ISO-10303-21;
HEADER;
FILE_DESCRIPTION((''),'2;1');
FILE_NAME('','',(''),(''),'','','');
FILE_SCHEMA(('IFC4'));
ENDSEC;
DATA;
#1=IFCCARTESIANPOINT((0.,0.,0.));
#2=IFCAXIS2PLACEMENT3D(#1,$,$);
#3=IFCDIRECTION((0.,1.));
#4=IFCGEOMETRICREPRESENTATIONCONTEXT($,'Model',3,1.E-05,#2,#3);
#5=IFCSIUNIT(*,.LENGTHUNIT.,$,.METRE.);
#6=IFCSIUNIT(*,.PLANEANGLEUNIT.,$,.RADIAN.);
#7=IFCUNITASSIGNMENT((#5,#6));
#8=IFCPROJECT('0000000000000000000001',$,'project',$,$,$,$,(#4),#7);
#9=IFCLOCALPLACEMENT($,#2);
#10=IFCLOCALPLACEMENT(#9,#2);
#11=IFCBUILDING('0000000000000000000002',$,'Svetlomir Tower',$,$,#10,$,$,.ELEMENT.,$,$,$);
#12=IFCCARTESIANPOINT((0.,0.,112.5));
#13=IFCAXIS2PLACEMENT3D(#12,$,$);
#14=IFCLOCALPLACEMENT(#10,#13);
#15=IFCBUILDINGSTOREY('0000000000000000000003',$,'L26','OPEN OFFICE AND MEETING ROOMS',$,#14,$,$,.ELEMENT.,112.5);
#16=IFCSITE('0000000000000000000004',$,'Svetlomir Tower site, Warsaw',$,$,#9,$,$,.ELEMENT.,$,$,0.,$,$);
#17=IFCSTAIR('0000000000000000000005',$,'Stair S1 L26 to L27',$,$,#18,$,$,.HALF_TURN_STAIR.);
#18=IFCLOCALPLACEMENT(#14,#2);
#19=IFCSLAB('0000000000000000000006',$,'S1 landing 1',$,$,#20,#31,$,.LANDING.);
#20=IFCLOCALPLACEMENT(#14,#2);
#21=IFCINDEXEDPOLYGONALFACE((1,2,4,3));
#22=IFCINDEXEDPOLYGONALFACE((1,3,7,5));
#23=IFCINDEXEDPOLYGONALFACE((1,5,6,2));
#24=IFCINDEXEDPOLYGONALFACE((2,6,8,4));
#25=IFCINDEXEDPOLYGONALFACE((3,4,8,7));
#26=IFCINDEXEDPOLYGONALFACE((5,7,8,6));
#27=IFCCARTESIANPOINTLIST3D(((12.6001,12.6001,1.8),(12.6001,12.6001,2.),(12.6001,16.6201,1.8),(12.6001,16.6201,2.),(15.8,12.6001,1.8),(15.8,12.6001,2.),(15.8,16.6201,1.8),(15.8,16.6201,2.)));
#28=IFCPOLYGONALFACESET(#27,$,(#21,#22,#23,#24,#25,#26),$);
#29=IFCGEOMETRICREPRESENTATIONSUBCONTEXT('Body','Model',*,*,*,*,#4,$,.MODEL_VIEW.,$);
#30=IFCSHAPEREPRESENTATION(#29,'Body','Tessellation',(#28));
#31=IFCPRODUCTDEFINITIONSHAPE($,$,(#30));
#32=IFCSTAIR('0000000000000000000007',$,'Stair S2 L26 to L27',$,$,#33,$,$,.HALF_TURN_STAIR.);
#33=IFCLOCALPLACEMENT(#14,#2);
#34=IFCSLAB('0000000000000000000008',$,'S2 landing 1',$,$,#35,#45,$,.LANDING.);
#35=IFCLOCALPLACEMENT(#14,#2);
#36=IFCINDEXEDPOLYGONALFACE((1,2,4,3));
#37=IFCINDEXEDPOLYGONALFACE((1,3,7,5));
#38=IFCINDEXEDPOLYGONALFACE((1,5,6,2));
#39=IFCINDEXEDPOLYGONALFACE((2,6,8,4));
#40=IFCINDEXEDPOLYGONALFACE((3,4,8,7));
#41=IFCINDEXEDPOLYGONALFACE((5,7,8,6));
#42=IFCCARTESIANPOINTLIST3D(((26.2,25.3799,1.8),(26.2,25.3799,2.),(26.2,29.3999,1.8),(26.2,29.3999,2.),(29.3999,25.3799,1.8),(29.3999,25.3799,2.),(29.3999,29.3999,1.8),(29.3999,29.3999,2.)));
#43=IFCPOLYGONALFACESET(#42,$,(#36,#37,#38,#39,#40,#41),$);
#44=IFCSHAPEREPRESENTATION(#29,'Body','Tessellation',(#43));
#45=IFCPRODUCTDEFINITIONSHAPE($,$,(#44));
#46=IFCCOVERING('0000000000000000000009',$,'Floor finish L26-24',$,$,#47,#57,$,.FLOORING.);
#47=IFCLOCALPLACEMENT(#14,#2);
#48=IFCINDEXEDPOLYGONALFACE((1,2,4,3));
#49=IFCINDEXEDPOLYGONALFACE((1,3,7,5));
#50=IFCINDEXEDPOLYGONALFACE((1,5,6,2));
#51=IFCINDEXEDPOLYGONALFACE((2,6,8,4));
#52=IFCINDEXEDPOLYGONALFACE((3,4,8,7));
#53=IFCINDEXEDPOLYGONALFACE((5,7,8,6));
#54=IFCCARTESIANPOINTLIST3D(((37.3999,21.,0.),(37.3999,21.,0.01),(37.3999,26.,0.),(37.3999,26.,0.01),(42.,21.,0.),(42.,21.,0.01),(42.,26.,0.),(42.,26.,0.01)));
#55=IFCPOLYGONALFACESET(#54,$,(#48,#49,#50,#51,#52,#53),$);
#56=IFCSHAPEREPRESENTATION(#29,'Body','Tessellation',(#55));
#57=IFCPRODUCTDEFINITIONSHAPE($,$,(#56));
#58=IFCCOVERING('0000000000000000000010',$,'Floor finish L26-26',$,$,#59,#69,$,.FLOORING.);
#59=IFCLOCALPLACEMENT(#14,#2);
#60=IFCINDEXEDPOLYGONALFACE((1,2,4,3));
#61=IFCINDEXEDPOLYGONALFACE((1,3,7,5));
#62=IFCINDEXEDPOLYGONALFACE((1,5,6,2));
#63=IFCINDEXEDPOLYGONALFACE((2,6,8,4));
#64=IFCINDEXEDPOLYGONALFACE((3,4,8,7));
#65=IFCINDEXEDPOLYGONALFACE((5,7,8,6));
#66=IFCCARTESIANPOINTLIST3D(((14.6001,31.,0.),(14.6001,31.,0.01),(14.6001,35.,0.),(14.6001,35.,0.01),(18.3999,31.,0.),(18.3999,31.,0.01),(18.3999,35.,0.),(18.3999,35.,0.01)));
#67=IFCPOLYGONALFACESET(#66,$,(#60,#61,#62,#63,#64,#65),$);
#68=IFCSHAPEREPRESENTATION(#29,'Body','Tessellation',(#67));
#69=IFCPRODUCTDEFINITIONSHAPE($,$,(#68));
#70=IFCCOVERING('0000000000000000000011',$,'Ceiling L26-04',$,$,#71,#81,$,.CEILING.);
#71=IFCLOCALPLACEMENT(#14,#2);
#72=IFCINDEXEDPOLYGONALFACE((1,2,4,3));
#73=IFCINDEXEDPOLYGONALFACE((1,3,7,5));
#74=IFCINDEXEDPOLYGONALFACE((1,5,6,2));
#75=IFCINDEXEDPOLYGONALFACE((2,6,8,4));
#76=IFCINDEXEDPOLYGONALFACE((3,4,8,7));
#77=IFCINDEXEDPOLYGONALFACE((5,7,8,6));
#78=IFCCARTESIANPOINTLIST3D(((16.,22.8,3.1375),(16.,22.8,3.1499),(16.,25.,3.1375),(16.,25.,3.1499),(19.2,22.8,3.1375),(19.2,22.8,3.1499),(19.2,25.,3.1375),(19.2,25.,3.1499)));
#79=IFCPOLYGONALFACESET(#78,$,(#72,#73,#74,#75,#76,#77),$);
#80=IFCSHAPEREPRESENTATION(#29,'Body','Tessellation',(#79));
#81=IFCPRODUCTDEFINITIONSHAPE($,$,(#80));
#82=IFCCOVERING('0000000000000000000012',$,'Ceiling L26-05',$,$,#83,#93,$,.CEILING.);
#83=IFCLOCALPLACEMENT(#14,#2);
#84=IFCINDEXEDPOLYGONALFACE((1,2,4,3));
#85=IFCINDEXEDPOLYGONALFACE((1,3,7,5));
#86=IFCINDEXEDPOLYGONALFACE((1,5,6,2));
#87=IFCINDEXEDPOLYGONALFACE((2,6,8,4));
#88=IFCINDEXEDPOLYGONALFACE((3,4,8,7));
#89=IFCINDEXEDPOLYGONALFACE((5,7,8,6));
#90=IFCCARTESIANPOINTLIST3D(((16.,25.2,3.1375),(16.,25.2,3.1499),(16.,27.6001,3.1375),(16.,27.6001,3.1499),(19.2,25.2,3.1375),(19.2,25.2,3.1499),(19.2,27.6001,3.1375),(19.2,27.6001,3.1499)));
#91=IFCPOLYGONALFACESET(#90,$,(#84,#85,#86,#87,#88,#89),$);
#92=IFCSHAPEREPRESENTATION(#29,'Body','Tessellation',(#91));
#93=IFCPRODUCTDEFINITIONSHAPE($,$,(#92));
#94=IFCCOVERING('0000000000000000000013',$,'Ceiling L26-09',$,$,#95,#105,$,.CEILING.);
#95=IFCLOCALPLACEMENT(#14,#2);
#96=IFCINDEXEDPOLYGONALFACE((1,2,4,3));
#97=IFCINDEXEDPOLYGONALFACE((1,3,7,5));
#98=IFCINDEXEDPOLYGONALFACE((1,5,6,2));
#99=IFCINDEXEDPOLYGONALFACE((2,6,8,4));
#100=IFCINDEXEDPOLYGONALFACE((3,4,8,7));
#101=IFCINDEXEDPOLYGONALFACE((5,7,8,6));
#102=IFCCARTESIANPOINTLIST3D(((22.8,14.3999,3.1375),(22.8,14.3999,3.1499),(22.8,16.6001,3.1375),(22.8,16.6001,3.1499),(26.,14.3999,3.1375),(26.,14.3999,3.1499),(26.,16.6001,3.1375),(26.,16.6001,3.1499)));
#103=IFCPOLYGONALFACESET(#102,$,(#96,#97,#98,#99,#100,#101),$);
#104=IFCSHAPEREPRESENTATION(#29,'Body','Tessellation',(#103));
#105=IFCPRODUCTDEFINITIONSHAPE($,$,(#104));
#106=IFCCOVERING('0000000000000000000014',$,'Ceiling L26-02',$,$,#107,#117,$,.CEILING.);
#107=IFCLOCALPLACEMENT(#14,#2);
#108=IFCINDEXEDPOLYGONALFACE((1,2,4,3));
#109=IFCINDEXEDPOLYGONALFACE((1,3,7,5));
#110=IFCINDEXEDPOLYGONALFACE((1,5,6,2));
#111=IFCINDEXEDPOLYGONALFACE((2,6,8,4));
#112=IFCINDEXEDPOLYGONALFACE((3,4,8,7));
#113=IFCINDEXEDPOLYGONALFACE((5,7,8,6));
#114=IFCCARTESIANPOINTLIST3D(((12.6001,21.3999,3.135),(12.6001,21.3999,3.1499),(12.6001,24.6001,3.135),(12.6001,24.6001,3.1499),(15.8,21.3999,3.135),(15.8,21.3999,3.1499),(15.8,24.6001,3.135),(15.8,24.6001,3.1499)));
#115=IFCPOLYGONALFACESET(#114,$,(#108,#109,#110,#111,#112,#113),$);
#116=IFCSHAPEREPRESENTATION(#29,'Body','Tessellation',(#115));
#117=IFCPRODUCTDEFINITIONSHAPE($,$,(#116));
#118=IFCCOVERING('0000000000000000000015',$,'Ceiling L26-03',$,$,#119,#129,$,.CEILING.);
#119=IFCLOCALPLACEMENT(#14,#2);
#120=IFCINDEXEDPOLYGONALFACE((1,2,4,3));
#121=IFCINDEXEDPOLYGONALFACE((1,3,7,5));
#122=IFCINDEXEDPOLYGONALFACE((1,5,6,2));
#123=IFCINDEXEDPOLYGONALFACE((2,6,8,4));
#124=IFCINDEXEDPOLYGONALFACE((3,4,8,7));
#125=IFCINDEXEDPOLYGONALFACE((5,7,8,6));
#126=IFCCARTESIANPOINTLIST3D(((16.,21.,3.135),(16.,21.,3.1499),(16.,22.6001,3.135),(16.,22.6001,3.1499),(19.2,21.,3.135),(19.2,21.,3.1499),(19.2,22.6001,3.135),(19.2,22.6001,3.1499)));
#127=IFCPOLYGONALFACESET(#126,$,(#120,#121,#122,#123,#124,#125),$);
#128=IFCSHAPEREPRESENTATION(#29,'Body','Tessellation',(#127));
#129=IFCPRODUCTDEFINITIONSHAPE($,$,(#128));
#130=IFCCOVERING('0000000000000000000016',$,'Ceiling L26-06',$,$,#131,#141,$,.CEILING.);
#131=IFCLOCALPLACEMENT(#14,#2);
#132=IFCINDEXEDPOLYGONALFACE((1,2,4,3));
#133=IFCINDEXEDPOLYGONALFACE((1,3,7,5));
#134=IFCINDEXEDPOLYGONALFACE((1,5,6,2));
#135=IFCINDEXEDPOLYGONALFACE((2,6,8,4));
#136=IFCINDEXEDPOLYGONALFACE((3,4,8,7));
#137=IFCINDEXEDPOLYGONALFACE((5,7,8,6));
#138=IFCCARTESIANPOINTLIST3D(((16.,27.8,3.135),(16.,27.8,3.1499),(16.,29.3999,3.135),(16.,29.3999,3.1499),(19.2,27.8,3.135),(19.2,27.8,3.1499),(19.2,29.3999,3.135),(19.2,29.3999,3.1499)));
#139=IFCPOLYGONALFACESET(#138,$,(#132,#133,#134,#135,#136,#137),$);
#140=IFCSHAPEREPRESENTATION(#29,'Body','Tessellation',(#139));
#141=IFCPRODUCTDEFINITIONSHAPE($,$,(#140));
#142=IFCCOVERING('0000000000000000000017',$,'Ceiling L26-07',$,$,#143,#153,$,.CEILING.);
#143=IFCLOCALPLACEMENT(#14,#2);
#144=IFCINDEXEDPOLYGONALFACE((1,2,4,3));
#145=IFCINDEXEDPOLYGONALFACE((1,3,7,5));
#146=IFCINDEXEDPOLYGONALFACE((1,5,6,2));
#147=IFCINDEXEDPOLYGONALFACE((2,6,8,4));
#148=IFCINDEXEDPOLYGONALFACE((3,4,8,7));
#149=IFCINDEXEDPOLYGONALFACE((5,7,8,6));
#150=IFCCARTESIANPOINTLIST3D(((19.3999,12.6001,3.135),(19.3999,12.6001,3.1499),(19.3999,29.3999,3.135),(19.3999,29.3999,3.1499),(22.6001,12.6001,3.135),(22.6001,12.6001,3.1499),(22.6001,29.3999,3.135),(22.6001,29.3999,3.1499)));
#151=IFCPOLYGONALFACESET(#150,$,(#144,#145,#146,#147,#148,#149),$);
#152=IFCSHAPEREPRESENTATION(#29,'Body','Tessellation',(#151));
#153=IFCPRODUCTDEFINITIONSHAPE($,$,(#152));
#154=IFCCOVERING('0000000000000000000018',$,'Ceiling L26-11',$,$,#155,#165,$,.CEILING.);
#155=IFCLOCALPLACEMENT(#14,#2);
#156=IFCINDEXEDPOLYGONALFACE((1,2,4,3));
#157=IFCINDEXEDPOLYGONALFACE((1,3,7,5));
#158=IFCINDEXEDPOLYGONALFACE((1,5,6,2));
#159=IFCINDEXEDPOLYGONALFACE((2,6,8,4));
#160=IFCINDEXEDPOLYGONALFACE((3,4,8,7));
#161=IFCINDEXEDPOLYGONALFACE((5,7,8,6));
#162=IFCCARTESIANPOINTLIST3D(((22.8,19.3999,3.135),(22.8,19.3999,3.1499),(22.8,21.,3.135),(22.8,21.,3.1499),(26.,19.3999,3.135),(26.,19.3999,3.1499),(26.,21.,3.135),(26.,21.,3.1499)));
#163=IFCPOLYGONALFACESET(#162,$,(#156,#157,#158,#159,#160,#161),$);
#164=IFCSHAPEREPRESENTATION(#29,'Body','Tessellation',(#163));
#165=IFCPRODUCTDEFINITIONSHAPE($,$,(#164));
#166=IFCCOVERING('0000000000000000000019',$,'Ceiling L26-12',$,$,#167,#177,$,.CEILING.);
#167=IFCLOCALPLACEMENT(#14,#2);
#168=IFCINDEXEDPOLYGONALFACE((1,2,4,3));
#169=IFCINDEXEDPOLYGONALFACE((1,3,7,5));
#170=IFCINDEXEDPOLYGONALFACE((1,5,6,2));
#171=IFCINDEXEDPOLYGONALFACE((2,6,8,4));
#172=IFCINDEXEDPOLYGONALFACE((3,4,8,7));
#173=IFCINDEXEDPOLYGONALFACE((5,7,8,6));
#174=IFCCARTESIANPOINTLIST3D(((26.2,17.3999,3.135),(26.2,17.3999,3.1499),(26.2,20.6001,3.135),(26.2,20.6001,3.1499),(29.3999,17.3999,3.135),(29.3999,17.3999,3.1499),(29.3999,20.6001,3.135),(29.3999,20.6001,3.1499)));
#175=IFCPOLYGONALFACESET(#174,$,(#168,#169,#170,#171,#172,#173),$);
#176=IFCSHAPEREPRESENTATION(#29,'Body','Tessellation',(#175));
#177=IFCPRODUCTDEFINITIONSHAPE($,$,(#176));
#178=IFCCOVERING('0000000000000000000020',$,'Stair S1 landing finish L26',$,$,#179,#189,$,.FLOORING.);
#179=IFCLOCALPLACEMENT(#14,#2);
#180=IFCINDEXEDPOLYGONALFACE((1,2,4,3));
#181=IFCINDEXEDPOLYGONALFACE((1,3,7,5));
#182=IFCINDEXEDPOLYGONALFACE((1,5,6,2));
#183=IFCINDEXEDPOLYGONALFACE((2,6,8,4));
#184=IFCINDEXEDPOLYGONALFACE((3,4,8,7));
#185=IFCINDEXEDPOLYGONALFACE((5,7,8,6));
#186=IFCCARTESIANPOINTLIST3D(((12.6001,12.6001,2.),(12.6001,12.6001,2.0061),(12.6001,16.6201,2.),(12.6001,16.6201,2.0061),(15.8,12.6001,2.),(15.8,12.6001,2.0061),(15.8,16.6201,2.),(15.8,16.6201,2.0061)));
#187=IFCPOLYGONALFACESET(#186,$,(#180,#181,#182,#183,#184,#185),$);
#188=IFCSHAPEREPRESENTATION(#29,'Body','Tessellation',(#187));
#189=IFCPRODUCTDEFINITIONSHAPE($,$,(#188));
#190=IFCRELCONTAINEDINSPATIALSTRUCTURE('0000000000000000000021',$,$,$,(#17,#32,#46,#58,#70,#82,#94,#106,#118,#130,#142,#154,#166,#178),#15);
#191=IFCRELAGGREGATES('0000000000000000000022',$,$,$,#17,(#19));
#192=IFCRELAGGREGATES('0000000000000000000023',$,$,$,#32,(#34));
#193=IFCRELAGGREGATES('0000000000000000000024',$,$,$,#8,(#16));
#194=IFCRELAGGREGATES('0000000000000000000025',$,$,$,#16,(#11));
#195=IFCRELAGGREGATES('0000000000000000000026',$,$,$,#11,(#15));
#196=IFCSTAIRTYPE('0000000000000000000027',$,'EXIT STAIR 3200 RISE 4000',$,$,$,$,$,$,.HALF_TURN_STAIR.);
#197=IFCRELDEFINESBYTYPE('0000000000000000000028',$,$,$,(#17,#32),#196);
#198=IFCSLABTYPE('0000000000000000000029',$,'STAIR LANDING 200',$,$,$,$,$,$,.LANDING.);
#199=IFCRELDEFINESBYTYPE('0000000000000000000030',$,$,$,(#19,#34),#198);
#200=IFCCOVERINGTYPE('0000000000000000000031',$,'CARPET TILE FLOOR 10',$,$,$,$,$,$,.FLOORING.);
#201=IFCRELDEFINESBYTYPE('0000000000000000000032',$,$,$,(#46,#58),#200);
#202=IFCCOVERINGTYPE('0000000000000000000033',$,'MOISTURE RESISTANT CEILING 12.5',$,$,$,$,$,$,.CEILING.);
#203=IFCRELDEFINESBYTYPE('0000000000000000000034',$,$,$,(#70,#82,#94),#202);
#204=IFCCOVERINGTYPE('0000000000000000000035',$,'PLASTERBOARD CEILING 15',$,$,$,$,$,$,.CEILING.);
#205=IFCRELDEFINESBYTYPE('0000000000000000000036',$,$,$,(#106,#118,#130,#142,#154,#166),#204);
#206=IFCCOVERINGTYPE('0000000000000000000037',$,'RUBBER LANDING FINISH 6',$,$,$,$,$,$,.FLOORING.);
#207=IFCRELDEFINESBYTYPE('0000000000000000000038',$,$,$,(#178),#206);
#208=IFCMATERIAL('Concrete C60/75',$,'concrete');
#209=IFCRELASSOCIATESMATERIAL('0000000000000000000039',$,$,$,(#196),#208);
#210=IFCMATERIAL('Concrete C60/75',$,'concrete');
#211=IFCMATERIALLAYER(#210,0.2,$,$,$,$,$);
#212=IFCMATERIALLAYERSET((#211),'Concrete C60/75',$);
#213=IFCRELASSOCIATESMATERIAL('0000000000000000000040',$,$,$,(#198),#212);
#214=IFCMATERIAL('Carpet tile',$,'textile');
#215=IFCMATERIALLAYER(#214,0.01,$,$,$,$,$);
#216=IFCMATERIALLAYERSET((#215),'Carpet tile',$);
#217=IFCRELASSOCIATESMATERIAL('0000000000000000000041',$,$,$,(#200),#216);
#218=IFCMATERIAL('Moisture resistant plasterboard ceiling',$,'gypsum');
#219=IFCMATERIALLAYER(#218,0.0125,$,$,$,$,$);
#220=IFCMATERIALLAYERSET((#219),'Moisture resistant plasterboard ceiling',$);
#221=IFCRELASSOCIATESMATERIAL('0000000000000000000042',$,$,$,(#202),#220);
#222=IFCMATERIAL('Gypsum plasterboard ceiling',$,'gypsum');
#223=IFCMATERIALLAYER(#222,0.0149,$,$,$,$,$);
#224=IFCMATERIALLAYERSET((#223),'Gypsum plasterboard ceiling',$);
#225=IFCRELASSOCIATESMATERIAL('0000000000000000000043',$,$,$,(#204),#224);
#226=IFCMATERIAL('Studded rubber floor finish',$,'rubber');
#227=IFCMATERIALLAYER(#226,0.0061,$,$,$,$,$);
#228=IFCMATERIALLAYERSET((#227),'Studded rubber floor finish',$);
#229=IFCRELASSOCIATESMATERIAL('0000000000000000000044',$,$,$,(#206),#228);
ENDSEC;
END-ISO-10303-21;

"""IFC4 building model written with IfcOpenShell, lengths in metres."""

from ifc_helpers import new_model, si_unit, direction, frame, origin, place, context, subcontext, project, spatial, polyline, outline, extrude, material, layer, layer_set, type_object, element, aggregate, save


model = new_model("IFC4")

# Units and contexts
model_context = context("Model", 3, precision=1e-05, world=origin(), true_north=direction((0.0, 1.0)))
body_context = subcontext(model_context, "Body", "Model", "MODEL_VIEW")
ifc_project = project(units=[si_unit("LENGTHUNIT", "METRE"), si_unit("PLANEANGLEUNIT", "RADIAN")], contexts=[model_context])

# Site, building, storey
site_placement = place(None, origin())
site = spatial("IfcSite", under=ifc_project, at=site_placement, Name="Svetlomir Tower site, Warsaw", CompositionType="ELEMENT", RefElevation=0.0)
building_placement = place(site_placement, origin())
building = spatial("IfcBuilding", under=site, at=building_placement, Name="Svetlomir Tower", CompositionType="ELEMENT")
storey_placement = place(building_placement, frame((0.0, 0.0, 112.5)))
storey = spatial("IfcBuildingStorey", under=building, at=storey_placement, Name="L26", Description="OPEN OFFICE AND MEETING ROOMS", CompositionType="ELEMENT", Elevation=112.5)

# Stairs, slabs
ifc_material_1 = material(Name="Concrete C60/75", Category="concrete")
stair_type = type_object("IfcStairType", Name="EXIT STAIR 3200 RISE 4000", PredefinedType="HALF_TURN_STAIR", material=ifc_material_1)
stair_1_placement = place(storey_placement, origin())
stair_1 = element("IfcStair", 1, at=stair_1_placement, inside=storey, type_object=stair_type, Name="Stair S1 L26 to L27", PredefinedType="HALF_TURN_STAIR")
ifc_material_2 = material(Name="Concrete C60/75", Category="concrete")
ifc_layer_1 = layer(ifc_material_2, 0.2)
ifc_layer_set_1 = layer_set([ifc_layer_1], Name="Concrete C60/75")
slab_type = type_object("IfcSlabType", Name="STAIR LANDING 200", PredefinedType="LANDING", material=ifc_layer_set_1)
slab_1_placement = place(storey_placement, frame((0.0, 0.0, 1.8)))
slab_1 = element("IfcSlab", 2, at=slab_1_placement, type_object=slab_type, Name="S1 landing 1", PredefinedType="LANDING", context=body_context, shape_type="SweptSolid", body=[
    extrude(outline(polyline([(12.6001, 12.6001), (15.8, 12.6001), (15.8, 16.6201), (12.6001, 16.6201), (12.6001, 12.6001)])), origin(), (0.0, 0.0, 1.0), 0.2),
])
aggregate(stair_1, [slab_1])
stair_2_placement = place(storey_placement, origin())
stair_2 = element("IfcStair", 3, at=stair_2_placement, inside=storey, type_object=stair_type, Name="Stair S2 L26 to L27", PredefinedType="HALF_TURN_STAIR")
slab_2_placement = place(storey_placement, frame((0.0, 0.0, 1.8)))
slab_2 = element("IfcSlab", 4, at=slab_2_placement, type_object=slab_type, Name="S2 landing 1", PredefinedType="LANDING", context=body_context, shape_type="SweptSolid", body=[
    extrude(outline(polyline([(26.2, 25.3799), (29.3999, 25.3799), (29.3999, 29.3999), (26.2, 29.3999), (26.2, 25.3799)])), origin(), (0.0, 0.0, 1.0), 0.2),
])
aggregate(stair_2, [slab_2])

# Coverings
ifc_material_3 = material(Name="Carpet tile", Category="textile")
ifc_layer_2 = layer(ifc_material_3, 0.01)
ifc_layer_set_2 = layer_set([ifc_layer_2], Name="Carpet tile")
covering_type_1 = type_object("IfcCoveringType", Name="CARPET TILE FLOOR 10", PredefinedType="FLOORING", material=ifc_layer_set_2)
covering_1_placement = place(storey_placement, origin())
element("IfcCovering", 5, at=covering_1_placement, inside=storey, type_object=covering_type_1, Name="Floor finish L26-24", PredefinedType="FLOORING", context=body_context, shape_type="SweptSolid", body=[
    extrude(outline(polyline([(37.3999, 21.0), (42.0, 21.0), (42.0, 26.0), (37.3999, 26.0), (37.3999, 21.0)])), origin(), (0.0, 0.0, 1.0), 0.01),
])
covering_2_placement = place(storey_placement, origin())
element("IfcCovering", 6, at=covering_2_placement, inside=storey, type_object=covering_type_1, Name="Floor finish L26-26", PredefinedType="FLOORING", context=body_context, shape_type="SweptSolid", body=[
    extrude(outline(polyline([(14.6001, 31.0), (18.3999, 31.0), (18.3999, 35.0), (14.6001, 35.0), (14.6001, 31.0)])), origin(), (0.0, 0.0, 1.0), 0.01),
])
ifc_material_4 = material(Name="Moisture resistant plasterboard ceiling", Category="gypsum")
ifc_layer_3 = layer(ifc_material_4, 0.0125)
ifc_layer_set_3 = layer_set([ifc_layer_3], Name="Moisture resistant plasterboard ceiling")
covering_type_2 = type_object("IfcCoveringType", Name="MOISTURE RESISTANT CEILING 12.5", PredefinedType="CEILING", material=ifc_layer_set_3)
covering_3_placement = place(storey_placement, frame((0.0, 0.0, 3.1375)))
element("IfcCovering", 7, at=covering_3_placement, inside=storey, type_object=covering_type_2, Name="Ceiling L26-04", PredefinedType="CEILING", context=body_context, shape_type="SweptSolid", body=[
    extrude(outline(polyline([(16.0, 22.8), (19.2, 22.8), (19.2, 25.0), (16.0, 25.0), (16.0, 22.8)])), origin(), (0.0, 0.0, 1.0), 0.0125),
])
covering_4_placement = place(storey_placement, frame((0.0, 0.0, 3.1375)))
element("IfcCovering", 8, at=covering_4_placement, inside=storey, type_object=covering_type_2, Name="Ceiling L26-05", PredefinedType="CEILING", context=body_context, shape_type="SweptSolid", body=[
    extrude(outline(polyline([(16.0, 25.2), (19.2, 25.2), (19.2, 27.6001), (16.0, 27.6001), (16.0, 25.2)])), origin(), (0.0, 0.0, 1.0), 0.0125),
])
covering_5_placement = place(storey_placement, frame((0.0, 0.0, 3.1375)))
element("IfcCovering", 9, at=covering_5_placement, inside=storey, type_object=covering_type_2, Name="Ceiling L26-09", PredefinedType="CEILING", context=body_context, shape_type="SweptSolid", body=[
    extrude(outline(polyline([(22.8, 14.3999), (26.0, 14.3999), (26.0, 16.6001), (22.8, 16.6001), (22.8, 14.3999)])), origin(), (0.0, 0.0, 1.0), 0.0125),
])
ifc_material_5 = material(Name="Gypsum plasterboard ceiling", Category="gypsum")
ifc_layer_4 = layer(ifc_material_5, 0.0149)
ifc_layer_set_4 = layer_set([ifc_layer_4], Name="Gypsum plasterboard ceiling")
covering_type_3 = type_object("IfcCoveringType", Name="PLASTERBOARD CEILING 15", PredefinedType="CEILING", material=ifc_layer_set_4)
covering_6_placement = place(storey_placement, frame((0.0, 0.0, 3.135)))
element("IfcCovering", 10, at=covering_6_placement, inside=storey, type_object=covering_type_3, Name="Ceiling L26-02", PredefinedType="CEILING", context=body_context, shape_type="SweptSolid", body=[
    extrude(outline(polyline([(12.6001, 21.3999), (15.8, 21.3999), (15.8, 24.6001), (12.6001, 24.6001), (12.6001, 21.3999)])), origin(), (0.0, 0.0, 1.0), 0.0149),
])
covering_7_placement = place(storey_placement, frame((0.0, 0.0, 3.135)))
element("IfcCovering", 11, at=covering_7_placement, inside=storey, type_object=covering_type_3, Name="Ceiling L26-03", PredefinedType="CEILING", context=body_context, shape_type="SweptSolid", body=[
    extrude(outline(polyline([(16.0, 21.0), (19.2, 21.0), (19.2, 22.6001), (16.0, 22.6001), (16.0, 21.0)])), origin(), (0.0, 0.0, 1.0), 0.0149),
])
covering_8_placement = place(storey_placement, frame((0.0, 0.0, 3.135)))
element("IfcCovering", 12, at=covering_8_placement, inside=storey, type_object=covering_type_3, Name="Ceiling L26-06", PredefinedType="CEILING", context=body_context, shape_type="SweptSolid", body=[
    extrude(outline(polyline([(16.0, 27.8), (19.2, 27.8), (19.2, 29.3999), (16.0, 29.3999), (16.0, 27.8)])), origin(), (0.0, 0.0, 1.0), 0.0149),
])
covering_9_placement = place(storey_placement, frame((0.0, 0.0, 3.135)))
element("IfcCovering", 13, at=covering_9_placement, inside=storey, type_object=covering_type_3, Name="Ceiling L26-07", PredefinedType="CEILING", context=body_context, shape_type="SweptSolid", body=[
    extrude(outline(polyline([(19.3999, 12.6001), (22.6001, 12.6001), (22.6001, 29.3999), (19.3999, 29.3999), (19.3999, 12.6001)])), origin(), (0.0, 0.0, 1.0), 0.0149),
])
covering_10_placement = place(storey_placement, frame((0.0, 0.0, 3.135)))
element("IfcCovering", 14, at=covering_10_placement, inside=storey, type_object=covering_type_3, Name="Ceiling L26-11", PredefinedType="CEILING", context=body_context, shape_type="SweptSolid", body=[
    extrude(outline(polyline([(22.8, 19.3999), (26.0, 19.3999), (26.0, 21.0), (22.8, 21.0), (22.8, 19.3999)])), origin(), (0.0, 0.0, 1.0), 0.0149),
])
covering_11_placement = place(storey_placement, frame((0.0, 0.0, 3.135)))
element("IfcCovering", 15, at=covering_11_placement, inside=storey, type_object=covering_type_3, Name="Ceiling L26-12", PredefinedType="CEILING", context=body_context, shape_type="SweptSolid", body=[
    extrude(outline(polyline([(26.2, 17.3999), (29.3999, 17.3999), (29.3999, 20.6001), (26.2, 20.6001), (26.2, 17.3999)])), origin(), (0.0, 0.0, 1.0), 0.0149),
])
ifc_material_6 = material(Name="Studded rubber floor finish", Category="rubber")
ifc_layer_5 = layer(ifc_material_6, 0.0061)
ifc_layer_set_5 = layer_set([ifc_layer_5], Name="Studded rubber floor finish")
covering_type_4 = type_object("IfcCoveringType", Name="RUBBER LANDING FINISH 6", PredefinedType="FLOORING", material=ifc_layer_set_5)
covering_12_placement = place(storey_placement, frame((0.0, 0.0, 2.0)))
element("IfcCovering", 16, at=covering_12_placement, inside=storey, type_object=covering_type_4, Name="Stair S1 landing finish L26", PredefinedType="FLOORING", context=body_context, shape_type="SweptSolid", body=[
    extrude(outline(polyline([(12.6001, 12.6001), (15.8, 12.6001), (15.8, 16.6201), (12.6001, 16.6201), (12.6001, 12.6001)])), origin(), (0.0, 0.0, 1.0), 0.0061),
])

save(model, "model.ifc")
